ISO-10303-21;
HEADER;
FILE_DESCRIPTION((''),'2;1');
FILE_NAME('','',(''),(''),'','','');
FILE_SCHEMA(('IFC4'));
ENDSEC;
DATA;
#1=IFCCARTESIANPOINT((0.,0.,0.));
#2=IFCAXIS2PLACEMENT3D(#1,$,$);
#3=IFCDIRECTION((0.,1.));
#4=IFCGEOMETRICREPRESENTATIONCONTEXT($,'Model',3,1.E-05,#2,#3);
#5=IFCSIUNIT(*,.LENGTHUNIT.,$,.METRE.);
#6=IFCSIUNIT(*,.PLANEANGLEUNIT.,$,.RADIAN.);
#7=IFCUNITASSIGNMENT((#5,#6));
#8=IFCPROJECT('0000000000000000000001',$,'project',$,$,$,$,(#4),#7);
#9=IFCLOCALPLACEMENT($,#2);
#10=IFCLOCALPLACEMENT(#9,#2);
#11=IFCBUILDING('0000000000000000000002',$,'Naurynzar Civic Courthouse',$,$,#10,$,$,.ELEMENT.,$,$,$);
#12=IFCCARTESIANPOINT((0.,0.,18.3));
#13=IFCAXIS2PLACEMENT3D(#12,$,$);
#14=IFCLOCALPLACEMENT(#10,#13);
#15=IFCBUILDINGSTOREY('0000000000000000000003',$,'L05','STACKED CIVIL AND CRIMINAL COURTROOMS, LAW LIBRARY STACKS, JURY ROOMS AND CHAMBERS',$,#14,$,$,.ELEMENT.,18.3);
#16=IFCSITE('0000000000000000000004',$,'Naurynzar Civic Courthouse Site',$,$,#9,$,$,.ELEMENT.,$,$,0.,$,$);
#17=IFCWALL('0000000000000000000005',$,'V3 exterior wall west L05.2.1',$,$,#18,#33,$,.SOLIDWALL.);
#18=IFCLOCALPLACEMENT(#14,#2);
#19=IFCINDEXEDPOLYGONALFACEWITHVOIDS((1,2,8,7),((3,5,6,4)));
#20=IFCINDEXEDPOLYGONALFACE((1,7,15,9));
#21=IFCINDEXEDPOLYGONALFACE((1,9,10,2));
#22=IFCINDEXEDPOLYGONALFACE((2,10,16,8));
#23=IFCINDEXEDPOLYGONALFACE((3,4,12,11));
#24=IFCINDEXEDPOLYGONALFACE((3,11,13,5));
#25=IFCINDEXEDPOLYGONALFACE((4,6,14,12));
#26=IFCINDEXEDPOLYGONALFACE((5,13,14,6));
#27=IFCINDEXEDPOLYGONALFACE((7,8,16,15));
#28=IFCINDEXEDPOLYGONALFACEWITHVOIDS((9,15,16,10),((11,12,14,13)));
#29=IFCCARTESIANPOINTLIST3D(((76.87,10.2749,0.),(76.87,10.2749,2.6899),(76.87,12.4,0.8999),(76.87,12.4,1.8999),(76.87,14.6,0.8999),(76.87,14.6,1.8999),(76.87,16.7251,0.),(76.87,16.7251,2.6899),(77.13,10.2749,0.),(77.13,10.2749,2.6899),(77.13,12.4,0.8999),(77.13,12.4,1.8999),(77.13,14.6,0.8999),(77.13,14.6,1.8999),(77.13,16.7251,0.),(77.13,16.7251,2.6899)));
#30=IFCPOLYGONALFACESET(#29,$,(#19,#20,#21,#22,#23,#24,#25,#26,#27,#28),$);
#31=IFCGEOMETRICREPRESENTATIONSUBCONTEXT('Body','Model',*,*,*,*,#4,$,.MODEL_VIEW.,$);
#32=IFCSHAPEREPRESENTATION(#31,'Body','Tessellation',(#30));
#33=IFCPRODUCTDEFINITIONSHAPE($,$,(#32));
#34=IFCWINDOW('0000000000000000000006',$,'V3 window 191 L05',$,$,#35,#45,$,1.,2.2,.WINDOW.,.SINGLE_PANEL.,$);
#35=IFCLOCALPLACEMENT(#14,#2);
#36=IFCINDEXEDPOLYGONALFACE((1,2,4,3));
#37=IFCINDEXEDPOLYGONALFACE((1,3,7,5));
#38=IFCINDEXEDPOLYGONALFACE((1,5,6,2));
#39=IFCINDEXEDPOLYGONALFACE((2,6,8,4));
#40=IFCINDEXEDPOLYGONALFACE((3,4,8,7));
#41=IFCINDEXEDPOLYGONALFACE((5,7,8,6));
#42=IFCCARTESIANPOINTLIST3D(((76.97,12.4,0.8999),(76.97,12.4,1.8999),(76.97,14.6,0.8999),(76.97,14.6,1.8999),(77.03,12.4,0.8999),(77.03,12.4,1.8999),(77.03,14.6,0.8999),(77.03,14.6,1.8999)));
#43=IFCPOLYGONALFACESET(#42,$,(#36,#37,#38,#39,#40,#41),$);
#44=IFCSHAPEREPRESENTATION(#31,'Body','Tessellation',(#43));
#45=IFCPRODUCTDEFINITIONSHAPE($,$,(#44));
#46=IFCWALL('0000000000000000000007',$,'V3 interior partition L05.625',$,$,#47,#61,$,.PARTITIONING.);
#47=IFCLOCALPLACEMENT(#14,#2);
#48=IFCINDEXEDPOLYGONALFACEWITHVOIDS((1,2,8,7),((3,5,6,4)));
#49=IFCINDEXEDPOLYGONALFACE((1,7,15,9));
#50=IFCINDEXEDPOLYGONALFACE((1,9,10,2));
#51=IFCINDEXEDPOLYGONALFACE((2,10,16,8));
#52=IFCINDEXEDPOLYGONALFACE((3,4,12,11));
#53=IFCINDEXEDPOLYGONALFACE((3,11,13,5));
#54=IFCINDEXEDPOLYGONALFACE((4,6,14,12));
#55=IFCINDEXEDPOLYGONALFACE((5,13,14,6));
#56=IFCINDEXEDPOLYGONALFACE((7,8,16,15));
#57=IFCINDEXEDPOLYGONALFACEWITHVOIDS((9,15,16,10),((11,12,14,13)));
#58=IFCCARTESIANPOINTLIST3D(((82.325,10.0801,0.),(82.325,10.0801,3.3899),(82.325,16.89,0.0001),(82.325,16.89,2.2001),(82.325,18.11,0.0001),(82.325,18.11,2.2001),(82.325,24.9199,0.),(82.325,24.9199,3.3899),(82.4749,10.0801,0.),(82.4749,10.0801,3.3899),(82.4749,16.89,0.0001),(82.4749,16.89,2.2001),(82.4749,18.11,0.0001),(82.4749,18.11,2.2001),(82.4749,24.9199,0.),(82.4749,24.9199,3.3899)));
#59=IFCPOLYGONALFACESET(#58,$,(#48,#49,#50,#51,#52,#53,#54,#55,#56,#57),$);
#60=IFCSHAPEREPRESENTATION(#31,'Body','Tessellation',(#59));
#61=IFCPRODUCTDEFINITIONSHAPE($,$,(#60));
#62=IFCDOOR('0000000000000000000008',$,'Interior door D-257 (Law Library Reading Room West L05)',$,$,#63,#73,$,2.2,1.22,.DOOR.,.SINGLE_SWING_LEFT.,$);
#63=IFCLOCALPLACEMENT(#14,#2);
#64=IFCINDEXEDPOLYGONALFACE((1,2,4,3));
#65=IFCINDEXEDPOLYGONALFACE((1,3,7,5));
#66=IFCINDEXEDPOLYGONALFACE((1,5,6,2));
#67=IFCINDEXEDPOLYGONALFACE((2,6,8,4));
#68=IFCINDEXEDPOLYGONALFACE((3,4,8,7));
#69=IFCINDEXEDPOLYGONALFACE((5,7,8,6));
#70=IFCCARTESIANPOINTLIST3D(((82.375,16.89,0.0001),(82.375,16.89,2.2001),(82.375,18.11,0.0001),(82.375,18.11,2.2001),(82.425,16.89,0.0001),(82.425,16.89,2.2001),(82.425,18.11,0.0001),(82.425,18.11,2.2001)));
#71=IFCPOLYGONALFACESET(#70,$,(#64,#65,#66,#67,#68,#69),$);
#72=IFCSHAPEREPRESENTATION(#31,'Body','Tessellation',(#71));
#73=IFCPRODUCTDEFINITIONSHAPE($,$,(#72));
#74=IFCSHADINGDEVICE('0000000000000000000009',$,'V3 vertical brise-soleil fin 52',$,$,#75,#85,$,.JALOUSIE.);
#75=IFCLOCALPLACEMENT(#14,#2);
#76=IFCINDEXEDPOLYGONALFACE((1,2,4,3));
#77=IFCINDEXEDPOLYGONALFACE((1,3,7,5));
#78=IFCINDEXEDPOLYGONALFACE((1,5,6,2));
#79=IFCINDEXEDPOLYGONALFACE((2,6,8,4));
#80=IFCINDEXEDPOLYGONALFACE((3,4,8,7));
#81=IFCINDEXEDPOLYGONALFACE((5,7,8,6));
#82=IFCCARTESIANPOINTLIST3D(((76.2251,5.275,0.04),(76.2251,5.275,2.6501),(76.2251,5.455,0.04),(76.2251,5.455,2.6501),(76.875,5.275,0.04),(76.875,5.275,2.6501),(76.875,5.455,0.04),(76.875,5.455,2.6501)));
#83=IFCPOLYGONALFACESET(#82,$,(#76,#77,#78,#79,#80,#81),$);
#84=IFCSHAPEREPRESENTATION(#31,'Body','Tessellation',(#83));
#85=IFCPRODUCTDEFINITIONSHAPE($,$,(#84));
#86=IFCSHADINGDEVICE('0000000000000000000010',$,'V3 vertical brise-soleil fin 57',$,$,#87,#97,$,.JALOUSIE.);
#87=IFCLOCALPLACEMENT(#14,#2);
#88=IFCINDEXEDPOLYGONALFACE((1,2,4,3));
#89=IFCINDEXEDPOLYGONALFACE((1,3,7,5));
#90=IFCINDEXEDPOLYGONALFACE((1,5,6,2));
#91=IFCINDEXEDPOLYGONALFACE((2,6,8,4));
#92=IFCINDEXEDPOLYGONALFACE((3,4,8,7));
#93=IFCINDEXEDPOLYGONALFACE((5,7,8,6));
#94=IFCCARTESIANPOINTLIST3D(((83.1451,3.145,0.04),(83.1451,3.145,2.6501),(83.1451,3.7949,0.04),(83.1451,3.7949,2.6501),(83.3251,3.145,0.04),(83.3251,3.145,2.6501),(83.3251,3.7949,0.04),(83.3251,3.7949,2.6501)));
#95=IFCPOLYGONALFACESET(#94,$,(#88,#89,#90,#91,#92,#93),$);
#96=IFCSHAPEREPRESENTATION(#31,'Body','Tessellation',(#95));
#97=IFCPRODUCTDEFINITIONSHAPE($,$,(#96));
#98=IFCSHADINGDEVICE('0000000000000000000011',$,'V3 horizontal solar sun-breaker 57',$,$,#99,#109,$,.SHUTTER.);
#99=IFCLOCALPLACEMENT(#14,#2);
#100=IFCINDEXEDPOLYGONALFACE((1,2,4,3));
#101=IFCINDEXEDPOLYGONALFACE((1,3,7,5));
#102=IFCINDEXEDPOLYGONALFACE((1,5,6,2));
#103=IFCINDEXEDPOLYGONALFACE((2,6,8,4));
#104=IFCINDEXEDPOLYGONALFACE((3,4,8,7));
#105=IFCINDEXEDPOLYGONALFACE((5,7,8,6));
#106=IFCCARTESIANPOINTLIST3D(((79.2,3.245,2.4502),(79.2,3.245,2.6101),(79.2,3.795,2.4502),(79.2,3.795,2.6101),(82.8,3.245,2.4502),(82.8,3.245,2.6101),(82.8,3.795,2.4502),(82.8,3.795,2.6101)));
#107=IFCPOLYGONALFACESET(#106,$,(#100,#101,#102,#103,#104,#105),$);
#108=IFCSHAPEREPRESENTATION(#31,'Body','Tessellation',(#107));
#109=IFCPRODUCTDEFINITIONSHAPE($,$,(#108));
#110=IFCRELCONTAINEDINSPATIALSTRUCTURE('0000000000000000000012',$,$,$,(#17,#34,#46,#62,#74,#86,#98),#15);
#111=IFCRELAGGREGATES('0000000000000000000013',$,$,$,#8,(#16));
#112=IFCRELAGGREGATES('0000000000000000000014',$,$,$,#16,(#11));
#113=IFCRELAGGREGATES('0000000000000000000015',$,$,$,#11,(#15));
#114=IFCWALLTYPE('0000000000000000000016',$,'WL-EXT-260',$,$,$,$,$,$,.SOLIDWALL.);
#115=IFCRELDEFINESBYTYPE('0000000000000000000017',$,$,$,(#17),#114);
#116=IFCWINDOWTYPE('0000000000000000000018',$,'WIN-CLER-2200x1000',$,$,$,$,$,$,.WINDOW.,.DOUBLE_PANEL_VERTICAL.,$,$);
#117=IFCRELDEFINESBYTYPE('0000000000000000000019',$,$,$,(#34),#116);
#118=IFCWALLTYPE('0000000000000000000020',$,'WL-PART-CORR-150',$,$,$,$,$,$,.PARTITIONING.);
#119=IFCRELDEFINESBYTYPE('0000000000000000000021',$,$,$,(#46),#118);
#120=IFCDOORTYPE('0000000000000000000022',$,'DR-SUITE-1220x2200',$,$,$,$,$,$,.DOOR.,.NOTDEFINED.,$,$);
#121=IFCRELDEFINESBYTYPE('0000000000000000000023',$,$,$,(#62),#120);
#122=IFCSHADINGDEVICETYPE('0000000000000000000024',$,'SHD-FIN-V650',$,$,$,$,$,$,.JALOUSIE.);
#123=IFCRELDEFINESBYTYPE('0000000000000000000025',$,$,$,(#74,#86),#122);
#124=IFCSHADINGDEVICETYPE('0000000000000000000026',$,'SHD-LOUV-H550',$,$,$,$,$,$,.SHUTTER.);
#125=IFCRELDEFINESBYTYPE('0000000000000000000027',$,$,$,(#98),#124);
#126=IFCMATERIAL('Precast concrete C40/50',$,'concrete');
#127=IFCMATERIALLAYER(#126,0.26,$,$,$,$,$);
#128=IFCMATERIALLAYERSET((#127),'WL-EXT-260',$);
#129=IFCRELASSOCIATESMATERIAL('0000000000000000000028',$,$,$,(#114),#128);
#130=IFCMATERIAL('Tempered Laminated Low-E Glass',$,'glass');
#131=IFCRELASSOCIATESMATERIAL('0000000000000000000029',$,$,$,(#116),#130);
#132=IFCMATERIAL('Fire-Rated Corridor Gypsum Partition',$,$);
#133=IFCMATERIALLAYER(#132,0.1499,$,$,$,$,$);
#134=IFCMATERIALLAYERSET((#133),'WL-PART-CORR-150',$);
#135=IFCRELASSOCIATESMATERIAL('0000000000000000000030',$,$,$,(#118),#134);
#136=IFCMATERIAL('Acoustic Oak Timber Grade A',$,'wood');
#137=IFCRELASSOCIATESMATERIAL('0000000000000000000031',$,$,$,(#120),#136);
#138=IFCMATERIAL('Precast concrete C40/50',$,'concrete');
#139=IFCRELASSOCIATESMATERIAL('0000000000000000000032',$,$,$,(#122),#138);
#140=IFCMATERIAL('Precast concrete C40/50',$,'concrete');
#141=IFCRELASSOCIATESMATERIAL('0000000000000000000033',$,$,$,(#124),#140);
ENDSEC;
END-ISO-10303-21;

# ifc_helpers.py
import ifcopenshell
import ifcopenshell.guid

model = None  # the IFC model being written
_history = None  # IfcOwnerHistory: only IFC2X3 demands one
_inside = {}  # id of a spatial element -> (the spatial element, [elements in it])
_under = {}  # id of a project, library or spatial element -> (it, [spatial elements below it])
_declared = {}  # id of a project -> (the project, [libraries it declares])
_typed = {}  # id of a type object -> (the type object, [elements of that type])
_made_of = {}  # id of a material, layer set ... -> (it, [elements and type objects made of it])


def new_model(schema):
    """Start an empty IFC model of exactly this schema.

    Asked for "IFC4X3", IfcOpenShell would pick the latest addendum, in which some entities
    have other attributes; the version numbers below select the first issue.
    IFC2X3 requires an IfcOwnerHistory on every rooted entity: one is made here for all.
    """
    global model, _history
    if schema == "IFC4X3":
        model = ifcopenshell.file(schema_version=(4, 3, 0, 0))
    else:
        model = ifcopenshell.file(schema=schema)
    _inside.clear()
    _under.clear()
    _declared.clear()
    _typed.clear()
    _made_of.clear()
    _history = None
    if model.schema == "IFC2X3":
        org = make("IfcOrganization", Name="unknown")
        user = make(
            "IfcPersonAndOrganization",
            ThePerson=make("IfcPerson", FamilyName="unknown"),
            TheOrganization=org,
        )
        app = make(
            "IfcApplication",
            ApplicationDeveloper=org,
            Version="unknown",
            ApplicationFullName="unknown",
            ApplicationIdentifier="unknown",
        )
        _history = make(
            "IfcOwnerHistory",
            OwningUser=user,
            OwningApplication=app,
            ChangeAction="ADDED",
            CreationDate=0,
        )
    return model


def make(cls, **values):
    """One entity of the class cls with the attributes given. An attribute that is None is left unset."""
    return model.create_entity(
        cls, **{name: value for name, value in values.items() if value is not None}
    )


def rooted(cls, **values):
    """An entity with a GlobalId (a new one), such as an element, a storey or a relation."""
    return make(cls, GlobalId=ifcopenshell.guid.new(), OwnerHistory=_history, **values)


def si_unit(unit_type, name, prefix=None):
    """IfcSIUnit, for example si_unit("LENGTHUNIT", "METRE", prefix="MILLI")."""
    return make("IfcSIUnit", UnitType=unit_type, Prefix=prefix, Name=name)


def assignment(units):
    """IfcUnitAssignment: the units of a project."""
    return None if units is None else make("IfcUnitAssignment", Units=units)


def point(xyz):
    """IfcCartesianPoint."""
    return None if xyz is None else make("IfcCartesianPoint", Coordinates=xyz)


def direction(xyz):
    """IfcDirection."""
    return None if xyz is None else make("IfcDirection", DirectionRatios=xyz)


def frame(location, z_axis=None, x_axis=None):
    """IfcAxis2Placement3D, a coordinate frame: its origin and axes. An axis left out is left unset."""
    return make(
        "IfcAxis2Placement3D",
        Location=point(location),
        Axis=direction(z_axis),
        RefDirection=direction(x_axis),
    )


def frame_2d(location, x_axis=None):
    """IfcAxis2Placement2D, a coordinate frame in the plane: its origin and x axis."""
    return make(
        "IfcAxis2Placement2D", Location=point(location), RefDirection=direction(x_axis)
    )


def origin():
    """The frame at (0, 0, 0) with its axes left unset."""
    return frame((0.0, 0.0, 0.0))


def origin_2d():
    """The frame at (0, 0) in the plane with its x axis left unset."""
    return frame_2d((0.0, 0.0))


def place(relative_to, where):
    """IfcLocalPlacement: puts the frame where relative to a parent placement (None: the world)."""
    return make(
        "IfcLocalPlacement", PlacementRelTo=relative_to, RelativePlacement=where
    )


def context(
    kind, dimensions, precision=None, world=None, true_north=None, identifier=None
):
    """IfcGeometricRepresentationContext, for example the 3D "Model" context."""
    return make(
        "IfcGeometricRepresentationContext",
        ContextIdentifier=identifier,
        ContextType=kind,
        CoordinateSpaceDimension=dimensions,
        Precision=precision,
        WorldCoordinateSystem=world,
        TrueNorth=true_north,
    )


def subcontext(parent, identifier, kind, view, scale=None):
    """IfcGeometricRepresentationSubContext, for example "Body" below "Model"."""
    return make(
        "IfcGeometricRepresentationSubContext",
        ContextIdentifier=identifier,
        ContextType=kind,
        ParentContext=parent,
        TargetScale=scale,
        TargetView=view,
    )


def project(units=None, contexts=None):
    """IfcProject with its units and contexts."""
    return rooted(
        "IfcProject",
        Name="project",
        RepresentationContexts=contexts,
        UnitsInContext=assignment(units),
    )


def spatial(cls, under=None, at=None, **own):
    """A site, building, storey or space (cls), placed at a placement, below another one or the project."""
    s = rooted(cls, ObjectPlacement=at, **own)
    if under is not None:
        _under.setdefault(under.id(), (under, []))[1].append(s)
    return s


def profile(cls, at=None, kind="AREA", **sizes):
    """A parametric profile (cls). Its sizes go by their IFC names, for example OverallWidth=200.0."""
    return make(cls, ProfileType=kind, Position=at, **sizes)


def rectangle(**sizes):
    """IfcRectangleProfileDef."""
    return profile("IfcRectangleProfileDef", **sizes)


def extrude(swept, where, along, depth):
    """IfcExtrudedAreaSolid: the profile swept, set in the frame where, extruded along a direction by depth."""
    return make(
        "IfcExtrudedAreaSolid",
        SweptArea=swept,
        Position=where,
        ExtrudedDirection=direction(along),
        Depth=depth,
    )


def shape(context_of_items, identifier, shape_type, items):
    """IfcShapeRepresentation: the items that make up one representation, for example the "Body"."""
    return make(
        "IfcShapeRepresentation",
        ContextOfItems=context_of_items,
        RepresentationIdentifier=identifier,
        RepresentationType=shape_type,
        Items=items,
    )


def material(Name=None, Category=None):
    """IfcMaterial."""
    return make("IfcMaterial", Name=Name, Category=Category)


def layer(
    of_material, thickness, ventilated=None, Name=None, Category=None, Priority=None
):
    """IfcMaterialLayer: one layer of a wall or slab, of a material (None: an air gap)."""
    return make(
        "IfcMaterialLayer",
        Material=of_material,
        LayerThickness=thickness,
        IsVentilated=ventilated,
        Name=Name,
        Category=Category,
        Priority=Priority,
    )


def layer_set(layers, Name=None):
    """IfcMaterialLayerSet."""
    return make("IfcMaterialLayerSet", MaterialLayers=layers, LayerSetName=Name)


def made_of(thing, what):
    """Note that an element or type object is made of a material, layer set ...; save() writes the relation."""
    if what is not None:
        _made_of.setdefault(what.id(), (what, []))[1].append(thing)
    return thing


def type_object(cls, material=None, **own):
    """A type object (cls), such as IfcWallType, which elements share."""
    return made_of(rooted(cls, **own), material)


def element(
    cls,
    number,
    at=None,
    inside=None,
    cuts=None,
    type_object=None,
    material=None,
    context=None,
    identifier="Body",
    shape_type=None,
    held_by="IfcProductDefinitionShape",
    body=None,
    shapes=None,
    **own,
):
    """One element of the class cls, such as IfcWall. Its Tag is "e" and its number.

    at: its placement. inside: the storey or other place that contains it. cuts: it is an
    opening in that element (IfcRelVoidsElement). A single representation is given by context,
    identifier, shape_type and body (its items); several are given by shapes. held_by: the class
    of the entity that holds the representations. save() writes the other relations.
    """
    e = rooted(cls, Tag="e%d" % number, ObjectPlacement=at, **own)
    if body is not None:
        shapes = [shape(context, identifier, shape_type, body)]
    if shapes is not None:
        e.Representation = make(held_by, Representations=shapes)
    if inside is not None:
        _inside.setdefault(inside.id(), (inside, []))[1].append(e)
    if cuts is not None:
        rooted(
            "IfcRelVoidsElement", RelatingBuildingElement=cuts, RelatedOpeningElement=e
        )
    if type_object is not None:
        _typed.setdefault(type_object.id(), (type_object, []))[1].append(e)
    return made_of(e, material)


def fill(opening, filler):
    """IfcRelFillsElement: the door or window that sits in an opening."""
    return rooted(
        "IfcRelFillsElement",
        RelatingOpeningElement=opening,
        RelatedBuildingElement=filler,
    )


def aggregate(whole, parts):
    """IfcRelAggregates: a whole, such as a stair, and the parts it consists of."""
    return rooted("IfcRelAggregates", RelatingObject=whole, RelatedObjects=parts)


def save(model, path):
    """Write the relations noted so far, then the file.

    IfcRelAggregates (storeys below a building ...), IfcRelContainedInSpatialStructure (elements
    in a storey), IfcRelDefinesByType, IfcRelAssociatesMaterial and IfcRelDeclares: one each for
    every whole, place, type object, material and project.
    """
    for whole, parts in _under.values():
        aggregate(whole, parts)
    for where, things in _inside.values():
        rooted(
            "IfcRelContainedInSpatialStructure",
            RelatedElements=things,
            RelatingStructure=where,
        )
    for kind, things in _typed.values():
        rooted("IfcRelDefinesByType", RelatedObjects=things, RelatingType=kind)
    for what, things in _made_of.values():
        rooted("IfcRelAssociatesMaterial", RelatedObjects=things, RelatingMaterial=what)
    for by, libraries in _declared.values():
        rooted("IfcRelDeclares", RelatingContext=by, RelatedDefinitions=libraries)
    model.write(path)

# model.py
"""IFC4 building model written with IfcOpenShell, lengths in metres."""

from ifc_helpers import new_model, si_unit, direction, frame, frame_2d, origin, origin_2d, place, context, subcontext, project, spatial, rectangle, extrude, material, layer, layer_set, type_object, element, fill, save


model = new_model("IFC4")

# Units and contexts
model_context = context("Model", 3, precision=1e-05, world=origin(), true_north=direction((0.0, 1.0)))
body_context = subcontext(model_context, "Body", "Model", "MODEL_VIEW")
ifc_project = project(units=[si_unit("LENGTHUNIT", "METRE"), si_unit("PLANEANGLEUNIT", "RADIAN")], contexts=[model_context])

# Site, building, storey
site_placement = place(None, origin())
site = spatial("IfcSite", under=ifc_project, at=site_placement, Name="Naurynzar Civic Courthouse Site", CompositionType="ELEMENT", RefElevation=0.0)
building_placement = place(site_placement, origin())
building = spatial("IfcBuilding", under=site, at=building_placement, Name="Naurynzar Civic Courthouse", CompositionType="ELEMENT")
storey_placement = place(building_placement, frame((0.0, 0.0, 18.3)))
storey = spatial("IfcBuildingStorey", under=building, at=storey_placement, Name="L05", Description="STACKED CIVIL AND CRIMINAL COURTROOMS, LAW LIBRARY STACKS, JURY ROOMS AND CHAMBERS", CompositionType="ELEMENT", Elevation=18.3)

# Wall, opening, window
ifc_material_1 = material(Name="Precast concrete C40/50", Category="concrete")
ifc_layer_1 = layer(ifc_material_1, 0.26)
ifc_layer_set_1 = layer_set([ifc_layer_1], Name="WL-EXT-260")
wall_type_1 = type_object("IfcWallType", Name="WL-EXT-260", PredefinedType="SOLIDWALL", material=ifc_layer_set_1)
wall_1_placement = place(storey_placement, frame((77.0, 10.2749, 0.0), z_axis=(0.0, 0.0, 1.0), x_axis=(0.0, 1.0, 0.0)))
wall_1 = element("IfcWall", 1, at=wall_1_placement, inside=storey, type_object=wall_type_1, Name="V3 exterior wall west L05.2.1", PredefinedType="SOLIDWALL", context=body_context, shape_type="SweptSolid", body=[
    extrude(rectangle(XDim=6.4502, YDim=0.26, at=frame_2d((3.2251, 0.0))), origin(), (0.0, 0.0, 1.0), 2.6899),
])
opening_1_placement = place(wall_1_placement, frame((2.125, 0.0, 0.8999)))
opening_1 = element("IfcOpeningElement", 2, at=opening_1_placement, cuts=wall_1, PredefinedType="OPENING", context=body_context, shape_type="SweptSolid", body=[
    extrude(rectangle(XDim=2.2, YDim=1.0, at=frame_2d((1.1001, 0.5))), frame((0.0, 0.1399, 0.0), z_axis=(0.0, -1.0, 0.0), x_axis=(1.0, 0.0, 0.0)), (0.0, 0.0, 1.0), 0.28),
])
ifc_material_2 = material(Name="Tempered Laminated Low-E Glass", Category="glass")
window_type_1 = type_object("IfcWindowType", Name="WIN-CLER-2200x1000", PartitioningType="DOUBLE_PANEL_VERTICAL", PredefinedType="WINDOW", material=ifc_material_2)
window_1_placement = place(opening_1_placement, origin())
window_1 = element("IfcWindow", 3, at=window_1_placement, inside=storey, type_object=window_type_1, Name="V3 window 191 L05", OverallHeight=1.0, OverallWidth=2.2, PartitioningType="SINGLE_PANEL", PredefinedType="WINDOW", context=body_context, shape_type="SweptSolid", body=[
    extrude(rectangle(XDim=2.2, YDim=1.0, at=frame_2d((1.1001, 0.5))), frame((0.0, 0.03, 0.0), z_axis=(0.0, -1.0, 0.0), x_axis=(1.0, 0.0, 0.0)), (0.0, 0.0, 1.0), 0.0601),
])
fill(opening_1, window_1)

# Wall, opening, door
ifc_material_3 = material(Name="Fire-Rated Corridor Gypsum Partition")
ifc_layer_2 = layer(ifc_material_3, 0.1499)
ifc_layer_set_2 = layer_set([ifc_layer_2], Name="WL-PART-CORR-150")
wall_type_2 = type_object("IfcWallType", Name="WL-PART-CORR-150", PredefinedType="PARTITIONING", material=ifc_layer_set_2)
wall_2_placement = place(storey_placement, frame((82.3999, 10.0801, 0.0), z_axis=(0.0, 0.0, 1.0), x_axis=(0.0, 1.0, 0.0)))
wall_2 = element("IfcWall", 4, at=wall_2_placement, inside=storey, type_object=wall_type_2, Name="V3 interior partition L05.625", PredefinedType="PARTITIONING", context=body_context, shape_type="SweptSolid", body=[
    extrude(rectangle(XDim=14.8398, YDim=0.1499, at=frame_2d((7.4199, 0.0))), origin(), (0.0, 0.0, 1.0), 3.3899),
])
opening_2_placement = place(wall_2_placement, frame((6.8101, 0.0, 0.0)))
opening_2 = element("IfcOpeningElement", 5, at=opening_2_placement, cuts=wall_2, PredefinedType="OPENING", context=body_context, shape_type="SweptSolid", body=[
    extrude(rectangle(XDim=1.22, YDim=2.2, at=frame_2d((0.6099, 1.1001))), frame((0.0, 0.085, 0.0), z_axis=(0.0, -1.0, 0.0), x_axis=(1.0, 0.0, 0.0)), (0.0, 0.0, 1.0), 0.1699),
])
ifc_material_4 = material(Name="Acoustic Oak Timber Grade A", Category="wood")
door_type_1 = type_object("IfcDoorType", Name="DR-SUITE-1220x2200", OperationType="NOTDEFINED", PredefinedType="DOOR", material=ifc_material_4)
door_1_placement = place(opening_2_placement, origin())
door_1 = element("IfcDoor", 6, at=door_1_placement, inside=storey, type_object=door_type_1, Name="Interior door D-257 (Law Library Reading Room West L05)", OperationType="SINGLE_SWING_LEFT", OverallHeight=2.2, OverallWidth=1.22, PredefinedType="DOOR", context=body_context, shape_type="SweptSolid", body=[
    extrude(rectangle(XDim=1.22, YDim=2.2, at=frame_2d((0.6099, 1.1001))), frame((0.0, 0.0249, 0.0), z_axis=(0.0, -1.0, 0.0), x_axis=(1.0, 0.0, 0.0)), (0.0, 0.0, 1.0), 0.05),
])
fill(opening_2, door_1)

# Shading devices
ifc_material_5 = material(Name="Precast concrete C40/50", Category="concrete")
shading_device_type_1 = type_object("IfcShadingDeviceType", Name="SHD-FIN-V650", PredefinedType="JALOUSIE", material=ifc_material_5)
for number, where, z_axis, x_axis, name in (
    (7, (76.55, 5.365, 0.04), (0.0, 0.0, 1.0), (0.0, 1.0, 0.0), "V3 vertical brise-soleil fin 52"),
    (8, (83.2351, 3.47, 0.04), (0.0, 0.0, 1.0), (-1.0, 0.0, 0.0), "V3 vertical brise-soleil fin 57"),
):
    element("IfcShadingDevice", number, at=place(storey_placement, frame(where, z_axis=z_axis, x_axis=x_axis)), inside=storey, type_object=shading_device_type_1, Name=name, PredefinedType="JALOUSIE", context=body_context, shape_type="SweptSolid", body=[
        extrude(rectangle(XDim=0.1799, YDim=0.6499, at=origin_2d()), origin(), (0.0, 0.0, 1.0), 2.6101),
    ])
ifc_material_6 = material(Name="Precast concrete C40/50", Category="concrete")
shading_device_type_2 = type_object("IfcShadingDeviceType", Name="SHD-LOUV-H550", PredefinedType="SHUTTER", material=ifc_material_6)
shading_device_placement = place(storey_placement, frame((81.0, 3.52, 2.4502), z_axis=(0.0, 0.0, 1.0), x_axis=(-1.0, 0.0, 0.0)))
element("IfcShadingDevice", 9, at=shading_device_placement, inside=storey, type_object=shading_device_type_2, Name="V3 horizontal solar sun-breaker 57", PredefinedType="SHUTTER", context=body_context, shape_type="SweptSolid", body=[
    extrude(rectangle(XDim=3.6001, YDim=0.55, at=origin_2d()), origin(), (0.0, 0.0, 1.0), 0.1599),
])

save(model, "model.ifc")
